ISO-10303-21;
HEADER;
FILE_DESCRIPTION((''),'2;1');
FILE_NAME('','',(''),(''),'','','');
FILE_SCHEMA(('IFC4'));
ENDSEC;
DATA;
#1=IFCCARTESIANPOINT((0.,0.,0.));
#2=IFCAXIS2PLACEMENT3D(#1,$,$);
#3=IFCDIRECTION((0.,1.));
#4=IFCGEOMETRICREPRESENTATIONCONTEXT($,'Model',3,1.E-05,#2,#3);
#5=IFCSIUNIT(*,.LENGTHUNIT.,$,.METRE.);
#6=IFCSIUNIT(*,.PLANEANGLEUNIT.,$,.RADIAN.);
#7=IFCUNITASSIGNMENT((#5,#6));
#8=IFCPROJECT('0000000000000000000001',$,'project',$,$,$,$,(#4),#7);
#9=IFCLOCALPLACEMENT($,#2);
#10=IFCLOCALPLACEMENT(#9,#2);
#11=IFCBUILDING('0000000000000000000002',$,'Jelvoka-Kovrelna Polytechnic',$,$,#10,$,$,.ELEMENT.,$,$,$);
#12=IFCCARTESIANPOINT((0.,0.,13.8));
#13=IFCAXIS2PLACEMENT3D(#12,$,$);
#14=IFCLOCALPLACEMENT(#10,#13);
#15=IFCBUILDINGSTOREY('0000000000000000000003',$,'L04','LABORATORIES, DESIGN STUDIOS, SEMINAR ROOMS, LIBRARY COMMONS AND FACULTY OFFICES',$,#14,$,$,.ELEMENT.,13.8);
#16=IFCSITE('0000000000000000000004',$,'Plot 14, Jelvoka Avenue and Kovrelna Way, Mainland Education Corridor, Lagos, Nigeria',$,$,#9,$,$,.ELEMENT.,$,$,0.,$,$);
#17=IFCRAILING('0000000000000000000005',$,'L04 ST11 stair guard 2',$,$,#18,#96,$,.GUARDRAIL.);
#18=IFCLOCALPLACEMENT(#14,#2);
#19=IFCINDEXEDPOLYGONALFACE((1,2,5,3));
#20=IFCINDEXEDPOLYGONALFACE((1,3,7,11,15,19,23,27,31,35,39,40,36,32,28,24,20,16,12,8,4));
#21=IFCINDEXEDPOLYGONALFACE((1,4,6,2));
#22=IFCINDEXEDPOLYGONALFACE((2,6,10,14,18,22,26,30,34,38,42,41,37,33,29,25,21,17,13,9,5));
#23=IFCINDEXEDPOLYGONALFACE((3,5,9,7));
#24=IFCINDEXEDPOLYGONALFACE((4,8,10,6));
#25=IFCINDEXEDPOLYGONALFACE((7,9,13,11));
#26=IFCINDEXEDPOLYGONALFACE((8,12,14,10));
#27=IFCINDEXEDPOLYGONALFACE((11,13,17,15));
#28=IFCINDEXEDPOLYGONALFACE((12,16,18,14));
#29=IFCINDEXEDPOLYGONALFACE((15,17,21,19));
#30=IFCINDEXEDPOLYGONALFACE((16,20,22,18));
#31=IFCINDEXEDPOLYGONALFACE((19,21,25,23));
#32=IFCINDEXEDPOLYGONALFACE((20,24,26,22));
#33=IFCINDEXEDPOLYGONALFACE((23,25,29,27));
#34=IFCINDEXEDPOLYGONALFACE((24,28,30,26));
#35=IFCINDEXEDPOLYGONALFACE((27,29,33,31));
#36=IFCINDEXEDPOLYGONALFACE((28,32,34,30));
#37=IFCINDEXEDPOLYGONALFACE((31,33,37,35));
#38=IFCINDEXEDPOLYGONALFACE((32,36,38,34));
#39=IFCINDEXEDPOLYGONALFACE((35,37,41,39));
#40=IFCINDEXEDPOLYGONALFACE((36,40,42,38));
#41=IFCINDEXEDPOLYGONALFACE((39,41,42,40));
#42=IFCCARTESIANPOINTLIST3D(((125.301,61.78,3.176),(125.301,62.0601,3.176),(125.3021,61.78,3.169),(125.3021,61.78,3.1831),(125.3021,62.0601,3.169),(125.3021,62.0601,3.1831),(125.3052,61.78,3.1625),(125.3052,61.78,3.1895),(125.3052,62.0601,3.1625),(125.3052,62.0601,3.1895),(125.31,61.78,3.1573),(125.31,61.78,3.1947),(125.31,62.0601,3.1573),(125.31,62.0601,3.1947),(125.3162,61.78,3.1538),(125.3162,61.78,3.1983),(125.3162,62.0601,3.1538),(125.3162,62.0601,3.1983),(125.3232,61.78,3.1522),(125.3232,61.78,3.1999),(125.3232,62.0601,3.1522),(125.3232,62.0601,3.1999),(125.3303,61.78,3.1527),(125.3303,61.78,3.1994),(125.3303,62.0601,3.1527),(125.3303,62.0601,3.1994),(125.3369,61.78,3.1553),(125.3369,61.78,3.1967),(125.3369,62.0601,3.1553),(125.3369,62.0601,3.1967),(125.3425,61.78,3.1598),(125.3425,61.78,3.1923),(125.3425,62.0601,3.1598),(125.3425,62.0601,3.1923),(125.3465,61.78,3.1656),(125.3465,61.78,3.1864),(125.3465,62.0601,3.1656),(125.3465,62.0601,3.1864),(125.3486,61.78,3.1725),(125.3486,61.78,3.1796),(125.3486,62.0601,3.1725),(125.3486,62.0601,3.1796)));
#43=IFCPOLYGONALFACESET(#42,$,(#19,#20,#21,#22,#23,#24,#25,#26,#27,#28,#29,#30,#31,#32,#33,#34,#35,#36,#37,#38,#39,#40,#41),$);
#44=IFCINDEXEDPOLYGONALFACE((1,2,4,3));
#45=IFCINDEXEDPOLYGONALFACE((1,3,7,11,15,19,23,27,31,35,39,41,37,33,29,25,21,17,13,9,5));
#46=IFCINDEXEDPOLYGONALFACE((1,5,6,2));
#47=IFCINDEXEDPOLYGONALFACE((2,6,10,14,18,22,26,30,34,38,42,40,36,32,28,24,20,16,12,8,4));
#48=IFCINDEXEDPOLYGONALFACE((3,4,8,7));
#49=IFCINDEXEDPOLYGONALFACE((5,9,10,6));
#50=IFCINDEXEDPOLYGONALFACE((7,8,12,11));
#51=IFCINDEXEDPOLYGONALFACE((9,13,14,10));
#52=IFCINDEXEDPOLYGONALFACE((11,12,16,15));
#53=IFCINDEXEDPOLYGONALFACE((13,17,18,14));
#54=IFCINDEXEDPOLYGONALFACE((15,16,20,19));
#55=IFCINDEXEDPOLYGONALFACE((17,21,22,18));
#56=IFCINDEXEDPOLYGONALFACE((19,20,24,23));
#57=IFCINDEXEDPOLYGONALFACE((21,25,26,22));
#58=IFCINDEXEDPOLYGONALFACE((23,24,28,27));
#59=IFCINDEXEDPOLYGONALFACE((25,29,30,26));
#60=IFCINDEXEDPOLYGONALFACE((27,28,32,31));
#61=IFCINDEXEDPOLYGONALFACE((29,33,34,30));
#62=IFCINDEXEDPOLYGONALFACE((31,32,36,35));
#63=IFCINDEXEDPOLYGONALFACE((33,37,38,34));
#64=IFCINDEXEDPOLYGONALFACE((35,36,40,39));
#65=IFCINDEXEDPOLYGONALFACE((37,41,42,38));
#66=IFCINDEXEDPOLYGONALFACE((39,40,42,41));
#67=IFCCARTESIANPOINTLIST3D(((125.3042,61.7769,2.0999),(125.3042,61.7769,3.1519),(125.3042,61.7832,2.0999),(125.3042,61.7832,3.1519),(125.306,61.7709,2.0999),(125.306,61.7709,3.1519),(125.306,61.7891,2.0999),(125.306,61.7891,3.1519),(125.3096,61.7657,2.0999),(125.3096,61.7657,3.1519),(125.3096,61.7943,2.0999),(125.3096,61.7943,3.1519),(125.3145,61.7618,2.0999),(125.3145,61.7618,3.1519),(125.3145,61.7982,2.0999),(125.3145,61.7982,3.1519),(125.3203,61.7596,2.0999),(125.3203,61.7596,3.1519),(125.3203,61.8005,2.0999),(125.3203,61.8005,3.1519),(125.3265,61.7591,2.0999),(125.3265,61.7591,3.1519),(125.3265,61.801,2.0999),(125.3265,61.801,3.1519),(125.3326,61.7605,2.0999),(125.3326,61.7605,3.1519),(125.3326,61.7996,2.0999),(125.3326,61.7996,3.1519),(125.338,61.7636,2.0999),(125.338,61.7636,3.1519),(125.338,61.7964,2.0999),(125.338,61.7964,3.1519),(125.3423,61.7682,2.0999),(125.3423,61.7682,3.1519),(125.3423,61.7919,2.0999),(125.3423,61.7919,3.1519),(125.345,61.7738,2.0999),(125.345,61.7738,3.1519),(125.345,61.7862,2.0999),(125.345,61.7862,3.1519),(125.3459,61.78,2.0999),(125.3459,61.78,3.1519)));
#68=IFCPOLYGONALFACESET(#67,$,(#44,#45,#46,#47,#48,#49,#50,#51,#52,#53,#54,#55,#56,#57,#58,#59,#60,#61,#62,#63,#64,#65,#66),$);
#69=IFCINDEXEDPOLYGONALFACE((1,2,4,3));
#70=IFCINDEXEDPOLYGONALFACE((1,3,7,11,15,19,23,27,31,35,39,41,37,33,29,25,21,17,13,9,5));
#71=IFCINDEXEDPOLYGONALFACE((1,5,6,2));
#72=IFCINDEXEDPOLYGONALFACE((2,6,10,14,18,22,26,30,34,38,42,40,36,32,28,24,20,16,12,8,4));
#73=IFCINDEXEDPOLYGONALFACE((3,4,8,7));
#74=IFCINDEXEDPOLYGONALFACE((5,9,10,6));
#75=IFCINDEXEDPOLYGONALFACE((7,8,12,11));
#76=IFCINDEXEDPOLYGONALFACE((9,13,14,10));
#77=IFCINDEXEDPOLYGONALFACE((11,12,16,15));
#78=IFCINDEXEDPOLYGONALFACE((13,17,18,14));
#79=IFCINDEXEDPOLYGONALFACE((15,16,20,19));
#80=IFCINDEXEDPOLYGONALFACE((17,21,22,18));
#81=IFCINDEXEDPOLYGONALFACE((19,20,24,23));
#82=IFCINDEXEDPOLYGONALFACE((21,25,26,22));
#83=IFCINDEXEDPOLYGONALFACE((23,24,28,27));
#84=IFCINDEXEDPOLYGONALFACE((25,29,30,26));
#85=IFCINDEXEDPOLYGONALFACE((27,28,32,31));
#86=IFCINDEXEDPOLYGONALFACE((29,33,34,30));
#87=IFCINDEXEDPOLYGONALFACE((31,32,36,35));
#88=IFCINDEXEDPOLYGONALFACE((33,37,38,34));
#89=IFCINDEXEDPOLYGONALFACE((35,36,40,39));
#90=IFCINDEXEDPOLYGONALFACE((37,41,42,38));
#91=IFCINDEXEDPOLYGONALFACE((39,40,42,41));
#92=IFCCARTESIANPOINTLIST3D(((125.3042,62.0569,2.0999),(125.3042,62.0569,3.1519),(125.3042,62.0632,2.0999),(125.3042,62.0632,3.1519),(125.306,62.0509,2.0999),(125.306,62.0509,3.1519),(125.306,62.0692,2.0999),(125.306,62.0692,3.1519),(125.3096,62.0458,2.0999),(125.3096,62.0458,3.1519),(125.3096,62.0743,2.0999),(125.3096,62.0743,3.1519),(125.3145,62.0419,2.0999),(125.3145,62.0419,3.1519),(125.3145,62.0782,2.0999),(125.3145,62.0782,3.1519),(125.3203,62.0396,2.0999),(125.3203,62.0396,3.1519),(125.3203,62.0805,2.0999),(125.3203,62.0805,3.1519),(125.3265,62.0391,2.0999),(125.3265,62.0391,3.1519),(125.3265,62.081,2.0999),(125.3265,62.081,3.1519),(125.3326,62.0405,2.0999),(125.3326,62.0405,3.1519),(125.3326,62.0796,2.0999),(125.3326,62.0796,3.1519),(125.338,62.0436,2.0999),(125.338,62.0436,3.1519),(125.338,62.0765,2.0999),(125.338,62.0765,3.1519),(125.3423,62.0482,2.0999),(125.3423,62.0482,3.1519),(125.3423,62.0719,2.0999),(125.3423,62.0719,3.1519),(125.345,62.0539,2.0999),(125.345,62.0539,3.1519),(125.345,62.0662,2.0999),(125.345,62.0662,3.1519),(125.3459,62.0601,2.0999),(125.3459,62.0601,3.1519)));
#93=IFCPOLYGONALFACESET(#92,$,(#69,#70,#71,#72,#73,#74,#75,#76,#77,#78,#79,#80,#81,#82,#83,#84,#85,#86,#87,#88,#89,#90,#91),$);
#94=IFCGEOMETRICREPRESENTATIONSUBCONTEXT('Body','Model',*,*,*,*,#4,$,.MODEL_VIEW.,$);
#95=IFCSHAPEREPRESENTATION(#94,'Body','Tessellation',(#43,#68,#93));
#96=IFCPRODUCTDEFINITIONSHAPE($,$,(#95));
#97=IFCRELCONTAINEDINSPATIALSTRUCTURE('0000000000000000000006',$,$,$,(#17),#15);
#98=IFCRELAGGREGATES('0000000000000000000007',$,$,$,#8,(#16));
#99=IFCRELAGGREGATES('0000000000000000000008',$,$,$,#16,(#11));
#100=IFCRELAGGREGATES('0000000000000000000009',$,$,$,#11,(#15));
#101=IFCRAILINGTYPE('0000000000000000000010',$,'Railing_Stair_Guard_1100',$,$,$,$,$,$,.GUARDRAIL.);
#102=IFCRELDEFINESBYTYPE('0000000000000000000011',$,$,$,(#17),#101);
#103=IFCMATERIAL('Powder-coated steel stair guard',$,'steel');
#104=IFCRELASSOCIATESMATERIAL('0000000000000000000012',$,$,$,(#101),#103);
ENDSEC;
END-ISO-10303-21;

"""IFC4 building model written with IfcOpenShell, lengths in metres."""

from ifc_helpers import new_model, si_unit, direction, frame, origin, origin_2d, place, context, subcontext, project, spatial, circle, extrude, material, type_object, element, save


model = new_model("IFC4")

# Units and contexts
model_context = context("Model", 3, precision=1e-05, world=origin(), true_north=direction((0.0, 1.0)))
body_context = subcontext(model_context, "Body", "Model", "MODEL_VIEW")
ifc_project = project(units=[si_unit("LENGTHUNIT", "METRE"), si_unit("PLANEANGLEUNIT", "RADIAN")], contexts=[model_context])

# Site, building, storey
site_placement = place(None, origin())
site = spatial("IfcSite", under=ifc_project, at=site_placement, Name="Plot 14, Jelvoka Avenue and Kovrelna Way, Mainland Education Corridor, Lagos, Nigeria", CompositionType="ELEMENT", RefElevation=0.0)
building_placement = place(site_placement, origin())
building = spatial("IfcBuilding", under=site, at=building_placement, Name="Jelvoka-Kovrelna Polytechnic", CompositionType="ELEMENT")
storey_placement = place(building_placement, frame((0.0, 0.0, 13.8)))
storey = spatial("IfcBuildingStorey", under=building, at=storey_placement, Name="L04", Description="LABORATORIES, DESIGN STUDIOS, SEMINAR ROOMS, LIBRARY COMMONS AND FACULTY OFFICES", CompositionType="ELEMENT", Elevation=13.8)

# Railing
ifc_material_1 = material(Name="Powder-coated steel stair guard", Category="steel")
railing_type_1 = type_object("IfcRailingType", Name="Railing_Stair_Guard_1100", PredefinedType="GUARDRAIL", material=ifc_material_1)
railing_1_placement = place(storey_placement, frame((125.325, 61.78, 2.0999)))
element("IfcRailing", 1, at=railing_1_placement, inside=storey, type_object=railing_type_1, Name="L04 ST11 stair guard 2", PredefinedType="GUARDRAIL", context=body_context, shape_type="SweptSolid", body=[
    extrude(circle(Radius=0.0239, at=origin_2d()), frame((0.0, 0.0, 1.0762), z_axis=(0.0, 1.0, 0.0), x_axis=(-1.0, 0.0, 0.0)), (0.0, 0.0, 1.0), 0.28),
    extrude(circle(Radius=0.021, at=origin_2d()), origin(), (0.0, 0.0, 1.0), 1.052),
    extrude(circle(Radius=0.021, at=origin_2d()), frame((0.0, 0.28, 0.0)), (0.0, 0.0, 1.0), 1.052),
])

save(model, "model.ifc")
